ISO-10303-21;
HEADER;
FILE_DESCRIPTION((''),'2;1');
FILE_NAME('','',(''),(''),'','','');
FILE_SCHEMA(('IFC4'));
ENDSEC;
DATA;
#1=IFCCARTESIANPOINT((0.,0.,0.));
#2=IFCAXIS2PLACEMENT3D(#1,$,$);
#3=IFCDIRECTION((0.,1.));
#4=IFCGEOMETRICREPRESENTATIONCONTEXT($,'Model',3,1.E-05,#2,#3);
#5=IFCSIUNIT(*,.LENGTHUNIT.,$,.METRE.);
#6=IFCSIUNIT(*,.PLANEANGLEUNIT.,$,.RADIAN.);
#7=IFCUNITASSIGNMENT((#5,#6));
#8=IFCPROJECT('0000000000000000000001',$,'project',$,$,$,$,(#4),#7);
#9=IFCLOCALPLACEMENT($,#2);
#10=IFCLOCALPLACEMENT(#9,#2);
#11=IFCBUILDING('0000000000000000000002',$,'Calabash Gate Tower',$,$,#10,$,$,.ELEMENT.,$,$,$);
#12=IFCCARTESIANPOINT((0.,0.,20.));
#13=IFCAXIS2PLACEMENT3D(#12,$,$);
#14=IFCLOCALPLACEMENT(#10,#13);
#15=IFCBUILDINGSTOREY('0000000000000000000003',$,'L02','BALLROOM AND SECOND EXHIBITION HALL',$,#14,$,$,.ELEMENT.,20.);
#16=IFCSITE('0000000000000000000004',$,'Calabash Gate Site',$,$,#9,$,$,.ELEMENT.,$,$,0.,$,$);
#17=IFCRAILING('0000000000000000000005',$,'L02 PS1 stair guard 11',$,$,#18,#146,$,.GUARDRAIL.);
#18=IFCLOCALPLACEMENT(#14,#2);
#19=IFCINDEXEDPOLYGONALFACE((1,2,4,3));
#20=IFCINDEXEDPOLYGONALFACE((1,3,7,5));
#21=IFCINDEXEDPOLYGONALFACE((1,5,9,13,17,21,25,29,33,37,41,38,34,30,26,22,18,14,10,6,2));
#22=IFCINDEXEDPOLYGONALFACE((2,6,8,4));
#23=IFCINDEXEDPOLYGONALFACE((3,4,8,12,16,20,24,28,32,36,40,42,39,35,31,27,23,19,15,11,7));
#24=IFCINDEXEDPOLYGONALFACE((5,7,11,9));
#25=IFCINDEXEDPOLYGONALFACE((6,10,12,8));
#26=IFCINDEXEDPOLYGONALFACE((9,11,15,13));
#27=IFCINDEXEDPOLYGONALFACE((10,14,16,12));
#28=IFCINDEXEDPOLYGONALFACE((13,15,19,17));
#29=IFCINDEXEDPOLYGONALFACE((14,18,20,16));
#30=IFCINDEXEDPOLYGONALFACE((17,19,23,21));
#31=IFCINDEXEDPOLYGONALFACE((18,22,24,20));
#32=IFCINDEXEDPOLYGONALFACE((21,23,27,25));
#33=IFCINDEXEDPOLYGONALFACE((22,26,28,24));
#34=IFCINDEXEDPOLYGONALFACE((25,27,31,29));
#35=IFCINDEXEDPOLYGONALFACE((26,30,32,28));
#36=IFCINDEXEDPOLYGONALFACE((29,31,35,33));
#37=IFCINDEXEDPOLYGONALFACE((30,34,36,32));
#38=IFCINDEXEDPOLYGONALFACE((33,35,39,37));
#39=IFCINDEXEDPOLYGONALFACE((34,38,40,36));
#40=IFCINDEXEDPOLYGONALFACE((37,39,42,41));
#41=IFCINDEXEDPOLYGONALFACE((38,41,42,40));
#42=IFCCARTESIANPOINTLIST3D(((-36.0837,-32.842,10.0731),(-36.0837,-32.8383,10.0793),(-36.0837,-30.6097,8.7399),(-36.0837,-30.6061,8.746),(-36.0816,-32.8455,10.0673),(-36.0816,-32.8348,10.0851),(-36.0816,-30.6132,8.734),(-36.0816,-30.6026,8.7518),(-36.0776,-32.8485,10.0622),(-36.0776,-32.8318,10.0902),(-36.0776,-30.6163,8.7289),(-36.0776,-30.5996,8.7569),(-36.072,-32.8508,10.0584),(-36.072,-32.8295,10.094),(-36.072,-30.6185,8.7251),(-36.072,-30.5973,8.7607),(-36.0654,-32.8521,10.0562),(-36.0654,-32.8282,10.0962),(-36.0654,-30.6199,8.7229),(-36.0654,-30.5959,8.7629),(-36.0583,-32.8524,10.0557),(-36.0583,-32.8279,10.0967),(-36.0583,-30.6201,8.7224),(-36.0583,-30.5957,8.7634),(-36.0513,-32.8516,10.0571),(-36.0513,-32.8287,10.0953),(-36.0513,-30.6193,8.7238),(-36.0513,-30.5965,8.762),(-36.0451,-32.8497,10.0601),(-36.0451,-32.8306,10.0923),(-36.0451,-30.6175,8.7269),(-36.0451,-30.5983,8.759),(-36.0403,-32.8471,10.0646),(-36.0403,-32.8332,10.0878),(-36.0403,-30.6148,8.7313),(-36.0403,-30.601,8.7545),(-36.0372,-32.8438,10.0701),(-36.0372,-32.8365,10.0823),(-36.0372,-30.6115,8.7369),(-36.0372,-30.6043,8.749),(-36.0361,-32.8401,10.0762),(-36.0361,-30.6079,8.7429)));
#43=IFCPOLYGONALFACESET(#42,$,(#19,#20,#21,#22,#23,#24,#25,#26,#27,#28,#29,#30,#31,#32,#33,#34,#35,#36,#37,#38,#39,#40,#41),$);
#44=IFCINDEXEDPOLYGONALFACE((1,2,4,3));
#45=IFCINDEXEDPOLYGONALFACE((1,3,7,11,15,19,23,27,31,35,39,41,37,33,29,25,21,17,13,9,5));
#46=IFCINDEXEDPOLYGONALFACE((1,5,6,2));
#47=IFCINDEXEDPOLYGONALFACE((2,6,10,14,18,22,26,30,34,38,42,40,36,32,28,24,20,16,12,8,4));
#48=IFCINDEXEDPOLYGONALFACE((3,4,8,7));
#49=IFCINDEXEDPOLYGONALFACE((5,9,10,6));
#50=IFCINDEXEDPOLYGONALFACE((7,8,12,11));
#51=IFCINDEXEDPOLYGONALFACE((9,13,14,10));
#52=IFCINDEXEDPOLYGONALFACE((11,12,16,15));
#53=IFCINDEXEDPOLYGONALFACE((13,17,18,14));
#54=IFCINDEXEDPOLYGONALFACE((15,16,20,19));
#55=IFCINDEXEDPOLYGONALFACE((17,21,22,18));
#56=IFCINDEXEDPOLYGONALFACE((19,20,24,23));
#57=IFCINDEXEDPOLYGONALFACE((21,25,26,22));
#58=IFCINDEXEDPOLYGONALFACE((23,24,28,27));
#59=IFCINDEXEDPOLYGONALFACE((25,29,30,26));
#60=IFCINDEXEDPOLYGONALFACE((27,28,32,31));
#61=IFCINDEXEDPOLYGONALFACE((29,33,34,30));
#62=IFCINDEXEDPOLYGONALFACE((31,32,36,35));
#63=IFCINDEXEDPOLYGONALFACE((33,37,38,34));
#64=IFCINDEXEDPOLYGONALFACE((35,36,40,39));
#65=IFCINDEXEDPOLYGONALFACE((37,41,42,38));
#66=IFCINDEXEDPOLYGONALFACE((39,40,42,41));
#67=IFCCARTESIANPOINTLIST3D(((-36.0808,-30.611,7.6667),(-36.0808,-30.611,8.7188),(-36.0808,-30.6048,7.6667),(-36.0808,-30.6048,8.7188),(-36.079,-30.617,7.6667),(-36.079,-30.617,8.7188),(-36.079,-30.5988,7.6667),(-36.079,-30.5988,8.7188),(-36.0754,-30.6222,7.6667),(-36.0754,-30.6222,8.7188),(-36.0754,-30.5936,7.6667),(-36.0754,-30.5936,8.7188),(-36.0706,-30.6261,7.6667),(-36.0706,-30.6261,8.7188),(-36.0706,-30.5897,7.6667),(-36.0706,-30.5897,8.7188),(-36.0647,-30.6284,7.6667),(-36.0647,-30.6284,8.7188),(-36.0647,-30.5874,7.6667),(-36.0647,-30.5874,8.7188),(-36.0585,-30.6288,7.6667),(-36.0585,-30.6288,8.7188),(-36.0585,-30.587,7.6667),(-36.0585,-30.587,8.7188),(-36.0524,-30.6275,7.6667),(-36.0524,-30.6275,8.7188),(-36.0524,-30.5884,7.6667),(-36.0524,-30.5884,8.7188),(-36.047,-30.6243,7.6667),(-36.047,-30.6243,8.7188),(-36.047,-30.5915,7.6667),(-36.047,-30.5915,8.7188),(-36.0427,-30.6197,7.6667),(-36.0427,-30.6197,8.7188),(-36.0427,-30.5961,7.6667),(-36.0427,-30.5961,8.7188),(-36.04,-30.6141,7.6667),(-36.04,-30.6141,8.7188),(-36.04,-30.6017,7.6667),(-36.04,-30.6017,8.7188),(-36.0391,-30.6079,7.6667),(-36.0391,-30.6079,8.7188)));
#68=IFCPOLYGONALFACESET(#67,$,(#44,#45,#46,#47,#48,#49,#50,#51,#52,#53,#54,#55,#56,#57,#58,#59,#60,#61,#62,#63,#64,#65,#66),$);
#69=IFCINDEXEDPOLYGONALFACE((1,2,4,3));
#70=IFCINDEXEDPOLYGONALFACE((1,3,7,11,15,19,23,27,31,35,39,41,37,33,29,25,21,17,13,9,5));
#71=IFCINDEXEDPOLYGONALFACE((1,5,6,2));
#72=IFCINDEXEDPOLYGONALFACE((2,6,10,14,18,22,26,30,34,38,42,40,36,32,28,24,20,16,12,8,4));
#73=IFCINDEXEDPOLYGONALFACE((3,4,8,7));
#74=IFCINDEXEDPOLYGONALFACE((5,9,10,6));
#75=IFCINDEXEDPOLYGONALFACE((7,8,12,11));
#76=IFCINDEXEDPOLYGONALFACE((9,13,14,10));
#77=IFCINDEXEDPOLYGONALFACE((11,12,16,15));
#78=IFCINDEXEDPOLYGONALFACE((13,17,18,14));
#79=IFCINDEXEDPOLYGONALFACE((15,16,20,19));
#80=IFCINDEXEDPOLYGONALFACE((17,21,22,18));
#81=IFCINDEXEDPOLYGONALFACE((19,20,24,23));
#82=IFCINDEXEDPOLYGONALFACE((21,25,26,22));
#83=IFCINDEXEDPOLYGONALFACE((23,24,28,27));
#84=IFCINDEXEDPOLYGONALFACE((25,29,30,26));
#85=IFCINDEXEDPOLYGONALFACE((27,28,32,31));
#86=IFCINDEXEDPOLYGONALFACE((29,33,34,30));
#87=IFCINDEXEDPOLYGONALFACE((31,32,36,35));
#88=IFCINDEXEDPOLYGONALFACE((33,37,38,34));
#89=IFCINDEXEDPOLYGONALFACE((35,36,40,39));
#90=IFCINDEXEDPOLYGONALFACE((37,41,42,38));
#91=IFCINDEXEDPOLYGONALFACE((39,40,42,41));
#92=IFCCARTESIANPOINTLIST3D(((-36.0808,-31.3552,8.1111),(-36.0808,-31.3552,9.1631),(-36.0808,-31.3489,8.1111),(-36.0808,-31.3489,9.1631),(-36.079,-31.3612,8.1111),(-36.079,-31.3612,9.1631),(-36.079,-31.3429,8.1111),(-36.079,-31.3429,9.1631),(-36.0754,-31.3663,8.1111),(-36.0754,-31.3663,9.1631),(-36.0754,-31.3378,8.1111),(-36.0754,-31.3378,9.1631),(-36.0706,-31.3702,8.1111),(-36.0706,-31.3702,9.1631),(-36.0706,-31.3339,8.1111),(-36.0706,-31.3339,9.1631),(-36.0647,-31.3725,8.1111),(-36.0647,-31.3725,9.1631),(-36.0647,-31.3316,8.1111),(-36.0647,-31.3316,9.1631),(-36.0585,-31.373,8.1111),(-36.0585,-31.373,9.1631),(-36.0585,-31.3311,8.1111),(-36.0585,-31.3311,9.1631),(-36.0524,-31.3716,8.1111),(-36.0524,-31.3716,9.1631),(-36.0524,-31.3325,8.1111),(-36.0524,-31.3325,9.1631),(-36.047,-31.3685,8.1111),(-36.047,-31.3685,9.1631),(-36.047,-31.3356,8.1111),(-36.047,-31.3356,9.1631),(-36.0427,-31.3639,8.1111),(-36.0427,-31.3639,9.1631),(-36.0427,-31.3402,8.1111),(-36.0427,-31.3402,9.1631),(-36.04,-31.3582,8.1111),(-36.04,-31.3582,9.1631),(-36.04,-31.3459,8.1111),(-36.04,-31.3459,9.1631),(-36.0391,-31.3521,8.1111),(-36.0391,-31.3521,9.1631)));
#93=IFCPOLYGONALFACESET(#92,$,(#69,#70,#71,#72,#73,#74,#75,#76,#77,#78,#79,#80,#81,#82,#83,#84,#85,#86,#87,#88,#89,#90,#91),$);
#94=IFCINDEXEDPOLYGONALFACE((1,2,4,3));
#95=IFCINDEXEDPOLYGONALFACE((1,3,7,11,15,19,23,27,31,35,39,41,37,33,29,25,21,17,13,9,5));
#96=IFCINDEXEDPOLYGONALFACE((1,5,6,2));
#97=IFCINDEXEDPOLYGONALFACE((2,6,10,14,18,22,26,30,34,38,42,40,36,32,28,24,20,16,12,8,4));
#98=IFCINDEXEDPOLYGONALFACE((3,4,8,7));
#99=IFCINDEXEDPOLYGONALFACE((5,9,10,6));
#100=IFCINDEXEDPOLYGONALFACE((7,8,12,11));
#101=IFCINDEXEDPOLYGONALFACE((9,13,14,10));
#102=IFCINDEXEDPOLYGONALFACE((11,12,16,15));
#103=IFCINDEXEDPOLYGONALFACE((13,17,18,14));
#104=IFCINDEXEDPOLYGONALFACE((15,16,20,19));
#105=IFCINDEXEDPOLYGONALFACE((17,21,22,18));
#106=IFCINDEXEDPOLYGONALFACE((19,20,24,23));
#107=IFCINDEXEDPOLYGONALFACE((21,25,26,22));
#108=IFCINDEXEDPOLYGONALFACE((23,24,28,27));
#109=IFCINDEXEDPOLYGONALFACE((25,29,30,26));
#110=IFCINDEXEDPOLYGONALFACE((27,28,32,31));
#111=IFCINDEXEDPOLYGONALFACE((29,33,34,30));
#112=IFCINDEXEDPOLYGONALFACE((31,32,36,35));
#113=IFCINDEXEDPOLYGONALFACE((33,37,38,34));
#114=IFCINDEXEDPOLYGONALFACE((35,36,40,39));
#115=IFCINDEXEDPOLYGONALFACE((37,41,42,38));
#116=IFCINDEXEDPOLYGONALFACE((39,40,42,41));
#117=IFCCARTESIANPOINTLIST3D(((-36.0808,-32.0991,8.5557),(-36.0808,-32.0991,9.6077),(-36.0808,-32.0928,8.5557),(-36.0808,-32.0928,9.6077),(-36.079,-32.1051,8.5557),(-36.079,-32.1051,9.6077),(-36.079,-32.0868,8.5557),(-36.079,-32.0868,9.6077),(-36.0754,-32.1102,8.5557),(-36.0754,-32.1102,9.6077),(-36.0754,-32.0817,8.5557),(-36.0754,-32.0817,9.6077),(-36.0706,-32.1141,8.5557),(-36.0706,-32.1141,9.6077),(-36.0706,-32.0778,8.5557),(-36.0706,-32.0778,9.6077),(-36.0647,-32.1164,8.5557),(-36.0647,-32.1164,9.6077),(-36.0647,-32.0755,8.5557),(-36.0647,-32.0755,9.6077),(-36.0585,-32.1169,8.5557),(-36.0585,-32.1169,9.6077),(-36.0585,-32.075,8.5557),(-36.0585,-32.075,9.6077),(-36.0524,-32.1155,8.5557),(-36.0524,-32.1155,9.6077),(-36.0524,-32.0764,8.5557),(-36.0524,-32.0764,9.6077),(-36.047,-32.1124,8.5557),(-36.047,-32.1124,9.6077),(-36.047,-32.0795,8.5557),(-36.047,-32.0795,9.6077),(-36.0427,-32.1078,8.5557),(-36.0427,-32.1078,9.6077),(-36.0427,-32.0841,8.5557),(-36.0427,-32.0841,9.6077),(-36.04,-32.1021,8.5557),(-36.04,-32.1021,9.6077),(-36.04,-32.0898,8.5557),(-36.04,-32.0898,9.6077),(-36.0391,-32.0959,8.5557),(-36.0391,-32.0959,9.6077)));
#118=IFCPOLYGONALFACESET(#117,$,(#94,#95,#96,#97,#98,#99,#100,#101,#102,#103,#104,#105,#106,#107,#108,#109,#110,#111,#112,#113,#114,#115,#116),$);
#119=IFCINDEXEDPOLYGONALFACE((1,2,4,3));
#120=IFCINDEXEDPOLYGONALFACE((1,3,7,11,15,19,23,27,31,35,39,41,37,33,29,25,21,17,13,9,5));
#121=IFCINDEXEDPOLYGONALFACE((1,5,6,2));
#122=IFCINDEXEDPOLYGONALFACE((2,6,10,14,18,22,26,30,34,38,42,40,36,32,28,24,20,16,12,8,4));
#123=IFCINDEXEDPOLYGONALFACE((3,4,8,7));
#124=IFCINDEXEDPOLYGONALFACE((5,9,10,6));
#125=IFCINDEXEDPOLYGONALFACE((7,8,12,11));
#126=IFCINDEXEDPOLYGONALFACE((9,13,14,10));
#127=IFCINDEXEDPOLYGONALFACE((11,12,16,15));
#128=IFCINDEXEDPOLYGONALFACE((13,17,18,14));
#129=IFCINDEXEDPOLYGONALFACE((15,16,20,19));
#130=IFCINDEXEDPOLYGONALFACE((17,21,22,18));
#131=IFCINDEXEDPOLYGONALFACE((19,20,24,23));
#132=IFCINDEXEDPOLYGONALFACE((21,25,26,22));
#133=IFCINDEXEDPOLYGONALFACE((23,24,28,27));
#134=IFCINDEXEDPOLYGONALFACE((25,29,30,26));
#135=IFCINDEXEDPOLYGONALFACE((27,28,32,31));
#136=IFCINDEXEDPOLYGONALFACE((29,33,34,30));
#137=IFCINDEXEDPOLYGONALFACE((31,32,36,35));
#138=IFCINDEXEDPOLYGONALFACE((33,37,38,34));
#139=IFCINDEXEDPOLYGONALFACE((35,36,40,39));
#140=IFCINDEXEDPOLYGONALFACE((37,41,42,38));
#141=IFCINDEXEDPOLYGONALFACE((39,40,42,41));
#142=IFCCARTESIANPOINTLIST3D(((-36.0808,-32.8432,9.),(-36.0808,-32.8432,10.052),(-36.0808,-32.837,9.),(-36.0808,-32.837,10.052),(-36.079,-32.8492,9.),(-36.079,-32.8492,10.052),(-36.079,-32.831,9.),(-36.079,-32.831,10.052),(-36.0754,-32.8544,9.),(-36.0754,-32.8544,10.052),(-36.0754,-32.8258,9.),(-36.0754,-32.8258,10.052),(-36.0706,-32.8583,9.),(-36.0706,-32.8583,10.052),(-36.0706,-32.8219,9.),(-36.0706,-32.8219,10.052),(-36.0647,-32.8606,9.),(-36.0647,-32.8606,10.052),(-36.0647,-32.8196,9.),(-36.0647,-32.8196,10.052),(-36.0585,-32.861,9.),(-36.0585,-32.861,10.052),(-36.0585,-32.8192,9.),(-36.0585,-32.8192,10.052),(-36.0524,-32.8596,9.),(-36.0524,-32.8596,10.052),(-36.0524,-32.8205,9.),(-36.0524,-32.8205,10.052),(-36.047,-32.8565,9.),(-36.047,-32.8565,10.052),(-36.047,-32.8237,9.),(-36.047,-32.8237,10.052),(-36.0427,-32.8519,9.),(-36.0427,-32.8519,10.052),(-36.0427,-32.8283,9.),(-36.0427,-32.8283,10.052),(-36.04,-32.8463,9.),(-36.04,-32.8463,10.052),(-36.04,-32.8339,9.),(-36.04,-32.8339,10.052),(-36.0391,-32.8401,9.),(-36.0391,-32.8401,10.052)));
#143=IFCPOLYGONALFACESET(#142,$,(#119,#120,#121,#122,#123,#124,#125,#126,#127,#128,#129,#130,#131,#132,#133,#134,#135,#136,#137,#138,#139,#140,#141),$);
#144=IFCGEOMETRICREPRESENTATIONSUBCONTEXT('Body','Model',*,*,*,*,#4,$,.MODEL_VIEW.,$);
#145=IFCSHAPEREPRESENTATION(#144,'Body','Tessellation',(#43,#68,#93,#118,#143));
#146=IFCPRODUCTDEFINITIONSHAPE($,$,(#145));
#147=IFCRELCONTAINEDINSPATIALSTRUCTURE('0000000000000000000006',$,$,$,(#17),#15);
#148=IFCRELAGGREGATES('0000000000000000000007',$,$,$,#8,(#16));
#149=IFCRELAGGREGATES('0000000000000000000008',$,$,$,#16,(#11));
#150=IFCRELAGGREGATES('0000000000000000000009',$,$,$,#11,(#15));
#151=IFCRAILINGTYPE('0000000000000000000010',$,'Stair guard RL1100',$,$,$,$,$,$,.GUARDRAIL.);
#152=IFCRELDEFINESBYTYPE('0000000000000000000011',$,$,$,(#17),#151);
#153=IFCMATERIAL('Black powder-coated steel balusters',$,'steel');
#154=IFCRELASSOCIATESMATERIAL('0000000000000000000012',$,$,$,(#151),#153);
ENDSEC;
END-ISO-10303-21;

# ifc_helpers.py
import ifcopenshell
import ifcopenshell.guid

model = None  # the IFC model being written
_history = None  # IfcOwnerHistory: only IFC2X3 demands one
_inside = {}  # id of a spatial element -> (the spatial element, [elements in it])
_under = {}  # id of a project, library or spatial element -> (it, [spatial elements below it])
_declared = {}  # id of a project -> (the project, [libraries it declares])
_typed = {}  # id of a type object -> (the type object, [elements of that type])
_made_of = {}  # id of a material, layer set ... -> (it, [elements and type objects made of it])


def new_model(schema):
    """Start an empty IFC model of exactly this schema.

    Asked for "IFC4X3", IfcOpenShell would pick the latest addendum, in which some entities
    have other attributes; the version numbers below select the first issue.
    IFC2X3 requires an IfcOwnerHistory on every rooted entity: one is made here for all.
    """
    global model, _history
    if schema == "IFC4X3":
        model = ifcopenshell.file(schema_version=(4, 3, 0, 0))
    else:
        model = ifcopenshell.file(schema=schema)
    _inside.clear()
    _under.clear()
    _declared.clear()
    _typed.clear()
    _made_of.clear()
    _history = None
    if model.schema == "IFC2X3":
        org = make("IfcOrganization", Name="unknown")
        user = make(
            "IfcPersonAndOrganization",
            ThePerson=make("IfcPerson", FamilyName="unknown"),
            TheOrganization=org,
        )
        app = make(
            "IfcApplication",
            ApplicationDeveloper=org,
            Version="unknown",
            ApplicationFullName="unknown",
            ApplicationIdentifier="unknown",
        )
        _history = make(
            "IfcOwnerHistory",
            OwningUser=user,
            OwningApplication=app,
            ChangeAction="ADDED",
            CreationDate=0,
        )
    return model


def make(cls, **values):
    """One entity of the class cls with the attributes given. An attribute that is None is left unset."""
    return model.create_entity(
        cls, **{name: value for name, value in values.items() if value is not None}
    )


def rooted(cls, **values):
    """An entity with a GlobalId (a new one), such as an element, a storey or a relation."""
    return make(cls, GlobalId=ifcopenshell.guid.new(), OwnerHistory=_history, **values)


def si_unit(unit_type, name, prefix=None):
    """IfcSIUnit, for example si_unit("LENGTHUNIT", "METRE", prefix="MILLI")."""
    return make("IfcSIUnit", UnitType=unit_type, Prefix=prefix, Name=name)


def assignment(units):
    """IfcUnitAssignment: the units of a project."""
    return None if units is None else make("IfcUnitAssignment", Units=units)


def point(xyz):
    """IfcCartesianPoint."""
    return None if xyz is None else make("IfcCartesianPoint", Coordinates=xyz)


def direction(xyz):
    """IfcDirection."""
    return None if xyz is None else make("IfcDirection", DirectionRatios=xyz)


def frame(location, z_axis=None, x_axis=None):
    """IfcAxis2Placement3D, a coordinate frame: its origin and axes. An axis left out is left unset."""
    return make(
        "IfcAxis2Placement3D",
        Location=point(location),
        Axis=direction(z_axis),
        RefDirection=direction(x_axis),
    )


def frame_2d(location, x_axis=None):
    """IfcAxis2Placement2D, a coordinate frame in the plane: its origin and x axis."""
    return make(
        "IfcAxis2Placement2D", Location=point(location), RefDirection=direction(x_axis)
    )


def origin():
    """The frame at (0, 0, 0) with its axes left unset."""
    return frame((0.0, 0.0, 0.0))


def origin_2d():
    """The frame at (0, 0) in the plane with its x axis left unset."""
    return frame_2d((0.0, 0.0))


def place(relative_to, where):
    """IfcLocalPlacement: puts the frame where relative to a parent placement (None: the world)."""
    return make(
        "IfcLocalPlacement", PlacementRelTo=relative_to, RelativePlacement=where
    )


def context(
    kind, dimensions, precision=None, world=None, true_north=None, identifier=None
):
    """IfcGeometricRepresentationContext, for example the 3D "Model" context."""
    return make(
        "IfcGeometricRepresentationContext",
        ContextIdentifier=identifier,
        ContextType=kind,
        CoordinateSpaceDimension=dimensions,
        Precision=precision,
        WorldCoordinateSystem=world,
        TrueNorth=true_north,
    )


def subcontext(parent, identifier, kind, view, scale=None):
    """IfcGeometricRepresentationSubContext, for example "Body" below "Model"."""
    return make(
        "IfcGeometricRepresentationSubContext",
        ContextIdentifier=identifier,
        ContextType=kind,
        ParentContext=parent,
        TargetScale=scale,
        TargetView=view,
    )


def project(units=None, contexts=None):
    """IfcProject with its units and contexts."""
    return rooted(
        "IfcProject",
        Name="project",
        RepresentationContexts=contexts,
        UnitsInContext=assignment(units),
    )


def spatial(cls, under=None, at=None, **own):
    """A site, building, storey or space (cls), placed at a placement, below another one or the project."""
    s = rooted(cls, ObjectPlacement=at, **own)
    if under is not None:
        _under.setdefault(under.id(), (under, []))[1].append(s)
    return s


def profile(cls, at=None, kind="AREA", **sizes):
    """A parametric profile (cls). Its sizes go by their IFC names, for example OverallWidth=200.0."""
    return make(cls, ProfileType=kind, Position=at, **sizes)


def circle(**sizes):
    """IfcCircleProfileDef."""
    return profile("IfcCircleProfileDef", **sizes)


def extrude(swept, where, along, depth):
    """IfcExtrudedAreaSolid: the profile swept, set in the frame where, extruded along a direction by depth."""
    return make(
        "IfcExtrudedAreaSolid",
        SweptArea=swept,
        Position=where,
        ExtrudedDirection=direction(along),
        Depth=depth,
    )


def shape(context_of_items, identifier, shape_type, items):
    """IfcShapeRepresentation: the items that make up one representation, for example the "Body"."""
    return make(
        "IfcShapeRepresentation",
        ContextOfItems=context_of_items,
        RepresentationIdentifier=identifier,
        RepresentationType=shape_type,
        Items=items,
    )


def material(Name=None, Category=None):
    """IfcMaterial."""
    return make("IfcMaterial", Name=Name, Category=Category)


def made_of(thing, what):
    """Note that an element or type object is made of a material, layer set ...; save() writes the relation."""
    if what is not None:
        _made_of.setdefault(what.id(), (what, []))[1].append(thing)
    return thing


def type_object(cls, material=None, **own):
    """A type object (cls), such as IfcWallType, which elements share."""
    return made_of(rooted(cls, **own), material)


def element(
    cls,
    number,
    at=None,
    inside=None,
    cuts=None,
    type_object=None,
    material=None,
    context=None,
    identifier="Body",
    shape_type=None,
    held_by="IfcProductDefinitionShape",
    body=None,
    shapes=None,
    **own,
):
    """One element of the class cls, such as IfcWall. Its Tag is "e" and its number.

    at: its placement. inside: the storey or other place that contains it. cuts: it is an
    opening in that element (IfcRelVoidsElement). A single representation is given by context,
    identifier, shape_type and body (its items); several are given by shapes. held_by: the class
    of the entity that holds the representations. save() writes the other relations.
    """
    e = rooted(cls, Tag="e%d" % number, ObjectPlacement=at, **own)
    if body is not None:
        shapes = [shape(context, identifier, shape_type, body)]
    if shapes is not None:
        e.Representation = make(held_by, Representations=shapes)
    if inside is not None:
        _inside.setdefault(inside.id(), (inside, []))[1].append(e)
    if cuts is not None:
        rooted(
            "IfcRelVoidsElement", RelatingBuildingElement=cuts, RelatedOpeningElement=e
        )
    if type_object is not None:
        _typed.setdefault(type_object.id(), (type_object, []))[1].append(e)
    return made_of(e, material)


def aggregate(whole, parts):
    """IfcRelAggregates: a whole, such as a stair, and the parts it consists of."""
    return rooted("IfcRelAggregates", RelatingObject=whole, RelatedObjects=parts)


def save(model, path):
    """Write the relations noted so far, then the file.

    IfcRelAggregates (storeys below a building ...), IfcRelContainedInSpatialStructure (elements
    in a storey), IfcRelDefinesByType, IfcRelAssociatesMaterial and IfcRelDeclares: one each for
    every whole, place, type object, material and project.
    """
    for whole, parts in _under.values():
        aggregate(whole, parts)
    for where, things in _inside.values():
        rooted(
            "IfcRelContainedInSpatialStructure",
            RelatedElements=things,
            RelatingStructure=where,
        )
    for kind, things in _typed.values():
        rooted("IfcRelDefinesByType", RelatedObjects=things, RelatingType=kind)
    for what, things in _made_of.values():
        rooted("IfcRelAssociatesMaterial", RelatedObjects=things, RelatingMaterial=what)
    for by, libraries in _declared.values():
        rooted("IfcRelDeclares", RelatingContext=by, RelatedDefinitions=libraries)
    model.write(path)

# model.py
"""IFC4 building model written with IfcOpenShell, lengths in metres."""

from ifc_helpers import new_model, si_unit, direction, frame, origin, origin_2d, place, context, subcontext, project, spatial, circle, extrude, material, type_object, element, save


model = new_model("IFC4")

# Units and contexts
model_context = context("Model", 3, precision=1e-05, world=origin(), true_north=direction((0.0, 1.0)))
body_context = subcontext(model_context, "Body", "Model", "MODEL_VIEW")
ifc_project = project(units=[si_unit("LENGTHUNIT", "METRE"), si_unit("PLANEANGLEUNIT", "RADIAN")], contexts=[model_context])

# Site, building, storey
site_placement = place(None, origin())
site = spatial("IfcSite", under=ifc_project, at=site_placement, Name="Calabash Gate Site", CompositionType="ELEMENT", RefElevation=0.0)
building_placement = place(site_placement, origin())
building = spatial("IfcBuilding", under=site, at=building_placement, Name="Calabash Gate Tower", CompositionType="ELEMENT")
storey_placement = place(building_placement, frame((0.0, 0.0, 20.0)))
storey = spatial("IfcBuildingStorey", under=building, at=storey_placement, Name="L02", Description="BALLROOM AND SECOND EXHIBITION HALL", CompositionType="ELEMENT", Elevation=20.0)

# Railing
ifc_material_1 = material(Name="Black powder-coated steel balusters", Category="steel")
railing_type_1 = type_object("IfcRailingType", Name="Stair guard RL1100", PredefinedType="GUARDRAIL", material=ifc_material_1)
railing_1_placement = place(storey_placement, frame((-36.0601, -30.6079, 7.6667)))
element("IfcRailing", 1, at=railing_1_placement, inside=storey, type_object=railing_type_1, Name="L02 PS1 stair guard 11", PredefinedType="GUARDRAIL", context=body_context, shape_type="SweptSolid", body=[
    extrude(circle(Radius=0.0239, at=origin_2d()), frame((0.0, 0.0, 1.0762), z_axis=(0.0, -0.858519, 0.512782), x_axis=(1.0, 0.0, 0.0)), (0.0, 0.0, 1.0), 2.6001),
    extrude(circle(Radius=0.021, at=origin_2d()), origin(), (0.0, 0.0, 1.0), 1.052),
    extrude(circle(Radius=0.021, at=origin_2d()), frame((0.0, -0.7441, 0.4443)), (0.0, 0.0, 1.0), 1.052),
    extrude(circle(Radius=0.021, at=origin_2d()), frame((0.0, -1.488, 0.8889)), (0.0, 0.0, 1.0), 1.052),
    extrude(circle(Radius=0.021, at=origin_2d()), frame((0.0, -2.2322, 1.3333)), (0.0, 0.0, 1.0), 1.052),
])

save(model, "model.ifc")
